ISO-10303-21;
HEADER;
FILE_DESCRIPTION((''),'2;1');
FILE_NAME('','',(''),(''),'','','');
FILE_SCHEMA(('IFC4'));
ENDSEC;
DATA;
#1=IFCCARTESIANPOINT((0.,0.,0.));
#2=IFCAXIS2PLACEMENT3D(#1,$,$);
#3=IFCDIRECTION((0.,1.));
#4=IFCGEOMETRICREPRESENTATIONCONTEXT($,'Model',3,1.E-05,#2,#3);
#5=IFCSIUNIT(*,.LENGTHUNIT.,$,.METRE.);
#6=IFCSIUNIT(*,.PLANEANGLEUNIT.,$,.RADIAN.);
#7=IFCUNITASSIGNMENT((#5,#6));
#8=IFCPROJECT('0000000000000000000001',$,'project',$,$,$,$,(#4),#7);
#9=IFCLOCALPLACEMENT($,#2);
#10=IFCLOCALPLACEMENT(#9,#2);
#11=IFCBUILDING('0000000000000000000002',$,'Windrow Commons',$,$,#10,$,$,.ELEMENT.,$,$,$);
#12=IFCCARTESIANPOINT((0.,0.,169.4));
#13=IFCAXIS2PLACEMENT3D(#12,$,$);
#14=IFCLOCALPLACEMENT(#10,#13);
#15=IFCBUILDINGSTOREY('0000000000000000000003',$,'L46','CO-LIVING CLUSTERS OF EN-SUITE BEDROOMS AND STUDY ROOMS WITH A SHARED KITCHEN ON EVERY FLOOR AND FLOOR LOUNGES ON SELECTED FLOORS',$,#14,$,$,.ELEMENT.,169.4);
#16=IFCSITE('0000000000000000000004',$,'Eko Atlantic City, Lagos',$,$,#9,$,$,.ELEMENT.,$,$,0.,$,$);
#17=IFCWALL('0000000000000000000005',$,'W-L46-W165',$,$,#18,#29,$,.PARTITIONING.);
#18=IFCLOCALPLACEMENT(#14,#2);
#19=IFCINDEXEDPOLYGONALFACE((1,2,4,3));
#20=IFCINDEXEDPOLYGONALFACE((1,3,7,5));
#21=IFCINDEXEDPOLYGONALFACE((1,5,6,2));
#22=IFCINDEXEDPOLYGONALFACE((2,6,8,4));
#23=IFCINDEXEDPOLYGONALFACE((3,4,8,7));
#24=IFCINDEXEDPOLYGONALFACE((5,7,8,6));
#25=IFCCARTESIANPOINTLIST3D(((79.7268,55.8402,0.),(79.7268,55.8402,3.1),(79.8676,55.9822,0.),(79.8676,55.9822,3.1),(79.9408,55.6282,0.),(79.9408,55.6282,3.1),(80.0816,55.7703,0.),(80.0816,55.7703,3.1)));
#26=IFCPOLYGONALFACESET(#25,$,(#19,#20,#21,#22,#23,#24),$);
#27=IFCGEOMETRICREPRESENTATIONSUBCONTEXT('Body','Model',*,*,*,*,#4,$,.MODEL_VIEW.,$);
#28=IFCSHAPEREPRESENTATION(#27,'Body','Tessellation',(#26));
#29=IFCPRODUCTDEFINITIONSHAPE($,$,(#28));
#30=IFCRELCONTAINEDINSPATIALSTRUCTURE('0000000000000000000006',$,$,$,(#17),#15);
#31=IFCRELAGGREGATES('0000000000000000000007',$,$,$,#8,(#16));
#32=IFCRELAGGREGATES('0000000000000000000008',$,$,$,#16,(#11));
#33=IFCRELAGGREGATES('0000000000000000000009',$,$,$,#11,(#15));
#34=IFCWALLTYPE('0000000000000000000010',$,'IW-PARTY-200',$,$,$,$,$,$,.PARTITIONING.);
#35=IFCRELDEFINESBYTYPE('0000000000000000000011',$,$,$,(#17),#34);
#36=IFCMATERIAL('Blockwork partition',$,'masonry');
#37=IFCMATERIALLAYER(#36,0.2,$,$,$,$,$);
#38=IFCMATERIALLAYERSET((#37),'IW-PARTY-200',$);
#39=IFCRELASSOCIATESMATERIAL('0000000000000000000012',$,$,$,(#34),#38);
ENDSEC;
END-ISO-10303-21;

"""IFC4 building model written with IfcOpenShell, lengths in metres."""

from ifc_helpers import new_model, si_unit, direction, frame, frame_2d, origin, place, context, subcontext, project, spatial, rectangle, extrude, material, layer, layer_set, type_object, element, save


model = new_model("IFC4")

# Units and contexts
model_context = context("Model", 3, precision=1e-05, world=origin(), true_north=direction((0.0, 1.0)))
body_context = subcontext(model_context, "Body", "Model", "MODEL_VIEW")
ifc_project = project(units=[si_unit("LENGTHUNIT", "METRE"), si_unit("PLANEANGLEUNIT", "RADIAN")], contexts=[model_context])

# Site, building, storey
site_placement = place(None, origin())
site = spatial("IfcSite", under=ifc_project, at=site_placement, Name="Eko Atlantic City, Lagos", CompositionType="ELEMENT", RefElevation=0.0)
building_placement = place(site_placement, origin())
building = spatial("IfcBuilding", under=site, at=building_placement, Name="Windrow Commons", CompositionType="ELEMENT")
storey_placement = place(building_placement, frame((0.0, 0.0, 169.4)))
storey = spatial("IfcBuildingStorey", under=building, at=storey_placement, Name="L46", Description="CO-LIVING CLUSTERS OF EN-SUITE BEDROOMS AND STUDY ROOMS WITH A SHARED KITCHEN ON EVERY FLOOR AND FLOOR LOUNGES ON SELECTED FLOORS", CompositionType="ELEMENT", Elevation=169.4)

# Wall
ifc_material_1 = material(Name="Blockwork partition", Category="masonry")
ifc_layer_1 = layer(ifc_material_1, 0.2)
ifc_layer_set_1 = layer_set([ifc_layer_1], Name="IW-PARTY-200")
wall_type_1 = type_object("IfcWallType", Name="IW-PARTY-200", PredefinedType="PARTITIONING", material=ifc_layer_set_1)
wall_1_placement = place(storey_placement, frame((79.7972, 55.9112, 0.0), z_axis=(0.0, 0.0, 1.0), x_axis=(0.710419, -0.703779, 0.0)))
element("IfcWall", 1, at=wall_1_placement, inside=storey, type_object=wall_type_1, Name="W-L46-W165", PredefinedType="PARTITIONING", context=body_context, shape_type="SweptSolid", body=[
    extrude(rectangle(XDim=0.3012, YDim=0.2, at=frame_2d((0.1506, 0.0))), origin(), (0.0, 0.0, 1.0), 3.1),
])

save(model, "model.ifc")
